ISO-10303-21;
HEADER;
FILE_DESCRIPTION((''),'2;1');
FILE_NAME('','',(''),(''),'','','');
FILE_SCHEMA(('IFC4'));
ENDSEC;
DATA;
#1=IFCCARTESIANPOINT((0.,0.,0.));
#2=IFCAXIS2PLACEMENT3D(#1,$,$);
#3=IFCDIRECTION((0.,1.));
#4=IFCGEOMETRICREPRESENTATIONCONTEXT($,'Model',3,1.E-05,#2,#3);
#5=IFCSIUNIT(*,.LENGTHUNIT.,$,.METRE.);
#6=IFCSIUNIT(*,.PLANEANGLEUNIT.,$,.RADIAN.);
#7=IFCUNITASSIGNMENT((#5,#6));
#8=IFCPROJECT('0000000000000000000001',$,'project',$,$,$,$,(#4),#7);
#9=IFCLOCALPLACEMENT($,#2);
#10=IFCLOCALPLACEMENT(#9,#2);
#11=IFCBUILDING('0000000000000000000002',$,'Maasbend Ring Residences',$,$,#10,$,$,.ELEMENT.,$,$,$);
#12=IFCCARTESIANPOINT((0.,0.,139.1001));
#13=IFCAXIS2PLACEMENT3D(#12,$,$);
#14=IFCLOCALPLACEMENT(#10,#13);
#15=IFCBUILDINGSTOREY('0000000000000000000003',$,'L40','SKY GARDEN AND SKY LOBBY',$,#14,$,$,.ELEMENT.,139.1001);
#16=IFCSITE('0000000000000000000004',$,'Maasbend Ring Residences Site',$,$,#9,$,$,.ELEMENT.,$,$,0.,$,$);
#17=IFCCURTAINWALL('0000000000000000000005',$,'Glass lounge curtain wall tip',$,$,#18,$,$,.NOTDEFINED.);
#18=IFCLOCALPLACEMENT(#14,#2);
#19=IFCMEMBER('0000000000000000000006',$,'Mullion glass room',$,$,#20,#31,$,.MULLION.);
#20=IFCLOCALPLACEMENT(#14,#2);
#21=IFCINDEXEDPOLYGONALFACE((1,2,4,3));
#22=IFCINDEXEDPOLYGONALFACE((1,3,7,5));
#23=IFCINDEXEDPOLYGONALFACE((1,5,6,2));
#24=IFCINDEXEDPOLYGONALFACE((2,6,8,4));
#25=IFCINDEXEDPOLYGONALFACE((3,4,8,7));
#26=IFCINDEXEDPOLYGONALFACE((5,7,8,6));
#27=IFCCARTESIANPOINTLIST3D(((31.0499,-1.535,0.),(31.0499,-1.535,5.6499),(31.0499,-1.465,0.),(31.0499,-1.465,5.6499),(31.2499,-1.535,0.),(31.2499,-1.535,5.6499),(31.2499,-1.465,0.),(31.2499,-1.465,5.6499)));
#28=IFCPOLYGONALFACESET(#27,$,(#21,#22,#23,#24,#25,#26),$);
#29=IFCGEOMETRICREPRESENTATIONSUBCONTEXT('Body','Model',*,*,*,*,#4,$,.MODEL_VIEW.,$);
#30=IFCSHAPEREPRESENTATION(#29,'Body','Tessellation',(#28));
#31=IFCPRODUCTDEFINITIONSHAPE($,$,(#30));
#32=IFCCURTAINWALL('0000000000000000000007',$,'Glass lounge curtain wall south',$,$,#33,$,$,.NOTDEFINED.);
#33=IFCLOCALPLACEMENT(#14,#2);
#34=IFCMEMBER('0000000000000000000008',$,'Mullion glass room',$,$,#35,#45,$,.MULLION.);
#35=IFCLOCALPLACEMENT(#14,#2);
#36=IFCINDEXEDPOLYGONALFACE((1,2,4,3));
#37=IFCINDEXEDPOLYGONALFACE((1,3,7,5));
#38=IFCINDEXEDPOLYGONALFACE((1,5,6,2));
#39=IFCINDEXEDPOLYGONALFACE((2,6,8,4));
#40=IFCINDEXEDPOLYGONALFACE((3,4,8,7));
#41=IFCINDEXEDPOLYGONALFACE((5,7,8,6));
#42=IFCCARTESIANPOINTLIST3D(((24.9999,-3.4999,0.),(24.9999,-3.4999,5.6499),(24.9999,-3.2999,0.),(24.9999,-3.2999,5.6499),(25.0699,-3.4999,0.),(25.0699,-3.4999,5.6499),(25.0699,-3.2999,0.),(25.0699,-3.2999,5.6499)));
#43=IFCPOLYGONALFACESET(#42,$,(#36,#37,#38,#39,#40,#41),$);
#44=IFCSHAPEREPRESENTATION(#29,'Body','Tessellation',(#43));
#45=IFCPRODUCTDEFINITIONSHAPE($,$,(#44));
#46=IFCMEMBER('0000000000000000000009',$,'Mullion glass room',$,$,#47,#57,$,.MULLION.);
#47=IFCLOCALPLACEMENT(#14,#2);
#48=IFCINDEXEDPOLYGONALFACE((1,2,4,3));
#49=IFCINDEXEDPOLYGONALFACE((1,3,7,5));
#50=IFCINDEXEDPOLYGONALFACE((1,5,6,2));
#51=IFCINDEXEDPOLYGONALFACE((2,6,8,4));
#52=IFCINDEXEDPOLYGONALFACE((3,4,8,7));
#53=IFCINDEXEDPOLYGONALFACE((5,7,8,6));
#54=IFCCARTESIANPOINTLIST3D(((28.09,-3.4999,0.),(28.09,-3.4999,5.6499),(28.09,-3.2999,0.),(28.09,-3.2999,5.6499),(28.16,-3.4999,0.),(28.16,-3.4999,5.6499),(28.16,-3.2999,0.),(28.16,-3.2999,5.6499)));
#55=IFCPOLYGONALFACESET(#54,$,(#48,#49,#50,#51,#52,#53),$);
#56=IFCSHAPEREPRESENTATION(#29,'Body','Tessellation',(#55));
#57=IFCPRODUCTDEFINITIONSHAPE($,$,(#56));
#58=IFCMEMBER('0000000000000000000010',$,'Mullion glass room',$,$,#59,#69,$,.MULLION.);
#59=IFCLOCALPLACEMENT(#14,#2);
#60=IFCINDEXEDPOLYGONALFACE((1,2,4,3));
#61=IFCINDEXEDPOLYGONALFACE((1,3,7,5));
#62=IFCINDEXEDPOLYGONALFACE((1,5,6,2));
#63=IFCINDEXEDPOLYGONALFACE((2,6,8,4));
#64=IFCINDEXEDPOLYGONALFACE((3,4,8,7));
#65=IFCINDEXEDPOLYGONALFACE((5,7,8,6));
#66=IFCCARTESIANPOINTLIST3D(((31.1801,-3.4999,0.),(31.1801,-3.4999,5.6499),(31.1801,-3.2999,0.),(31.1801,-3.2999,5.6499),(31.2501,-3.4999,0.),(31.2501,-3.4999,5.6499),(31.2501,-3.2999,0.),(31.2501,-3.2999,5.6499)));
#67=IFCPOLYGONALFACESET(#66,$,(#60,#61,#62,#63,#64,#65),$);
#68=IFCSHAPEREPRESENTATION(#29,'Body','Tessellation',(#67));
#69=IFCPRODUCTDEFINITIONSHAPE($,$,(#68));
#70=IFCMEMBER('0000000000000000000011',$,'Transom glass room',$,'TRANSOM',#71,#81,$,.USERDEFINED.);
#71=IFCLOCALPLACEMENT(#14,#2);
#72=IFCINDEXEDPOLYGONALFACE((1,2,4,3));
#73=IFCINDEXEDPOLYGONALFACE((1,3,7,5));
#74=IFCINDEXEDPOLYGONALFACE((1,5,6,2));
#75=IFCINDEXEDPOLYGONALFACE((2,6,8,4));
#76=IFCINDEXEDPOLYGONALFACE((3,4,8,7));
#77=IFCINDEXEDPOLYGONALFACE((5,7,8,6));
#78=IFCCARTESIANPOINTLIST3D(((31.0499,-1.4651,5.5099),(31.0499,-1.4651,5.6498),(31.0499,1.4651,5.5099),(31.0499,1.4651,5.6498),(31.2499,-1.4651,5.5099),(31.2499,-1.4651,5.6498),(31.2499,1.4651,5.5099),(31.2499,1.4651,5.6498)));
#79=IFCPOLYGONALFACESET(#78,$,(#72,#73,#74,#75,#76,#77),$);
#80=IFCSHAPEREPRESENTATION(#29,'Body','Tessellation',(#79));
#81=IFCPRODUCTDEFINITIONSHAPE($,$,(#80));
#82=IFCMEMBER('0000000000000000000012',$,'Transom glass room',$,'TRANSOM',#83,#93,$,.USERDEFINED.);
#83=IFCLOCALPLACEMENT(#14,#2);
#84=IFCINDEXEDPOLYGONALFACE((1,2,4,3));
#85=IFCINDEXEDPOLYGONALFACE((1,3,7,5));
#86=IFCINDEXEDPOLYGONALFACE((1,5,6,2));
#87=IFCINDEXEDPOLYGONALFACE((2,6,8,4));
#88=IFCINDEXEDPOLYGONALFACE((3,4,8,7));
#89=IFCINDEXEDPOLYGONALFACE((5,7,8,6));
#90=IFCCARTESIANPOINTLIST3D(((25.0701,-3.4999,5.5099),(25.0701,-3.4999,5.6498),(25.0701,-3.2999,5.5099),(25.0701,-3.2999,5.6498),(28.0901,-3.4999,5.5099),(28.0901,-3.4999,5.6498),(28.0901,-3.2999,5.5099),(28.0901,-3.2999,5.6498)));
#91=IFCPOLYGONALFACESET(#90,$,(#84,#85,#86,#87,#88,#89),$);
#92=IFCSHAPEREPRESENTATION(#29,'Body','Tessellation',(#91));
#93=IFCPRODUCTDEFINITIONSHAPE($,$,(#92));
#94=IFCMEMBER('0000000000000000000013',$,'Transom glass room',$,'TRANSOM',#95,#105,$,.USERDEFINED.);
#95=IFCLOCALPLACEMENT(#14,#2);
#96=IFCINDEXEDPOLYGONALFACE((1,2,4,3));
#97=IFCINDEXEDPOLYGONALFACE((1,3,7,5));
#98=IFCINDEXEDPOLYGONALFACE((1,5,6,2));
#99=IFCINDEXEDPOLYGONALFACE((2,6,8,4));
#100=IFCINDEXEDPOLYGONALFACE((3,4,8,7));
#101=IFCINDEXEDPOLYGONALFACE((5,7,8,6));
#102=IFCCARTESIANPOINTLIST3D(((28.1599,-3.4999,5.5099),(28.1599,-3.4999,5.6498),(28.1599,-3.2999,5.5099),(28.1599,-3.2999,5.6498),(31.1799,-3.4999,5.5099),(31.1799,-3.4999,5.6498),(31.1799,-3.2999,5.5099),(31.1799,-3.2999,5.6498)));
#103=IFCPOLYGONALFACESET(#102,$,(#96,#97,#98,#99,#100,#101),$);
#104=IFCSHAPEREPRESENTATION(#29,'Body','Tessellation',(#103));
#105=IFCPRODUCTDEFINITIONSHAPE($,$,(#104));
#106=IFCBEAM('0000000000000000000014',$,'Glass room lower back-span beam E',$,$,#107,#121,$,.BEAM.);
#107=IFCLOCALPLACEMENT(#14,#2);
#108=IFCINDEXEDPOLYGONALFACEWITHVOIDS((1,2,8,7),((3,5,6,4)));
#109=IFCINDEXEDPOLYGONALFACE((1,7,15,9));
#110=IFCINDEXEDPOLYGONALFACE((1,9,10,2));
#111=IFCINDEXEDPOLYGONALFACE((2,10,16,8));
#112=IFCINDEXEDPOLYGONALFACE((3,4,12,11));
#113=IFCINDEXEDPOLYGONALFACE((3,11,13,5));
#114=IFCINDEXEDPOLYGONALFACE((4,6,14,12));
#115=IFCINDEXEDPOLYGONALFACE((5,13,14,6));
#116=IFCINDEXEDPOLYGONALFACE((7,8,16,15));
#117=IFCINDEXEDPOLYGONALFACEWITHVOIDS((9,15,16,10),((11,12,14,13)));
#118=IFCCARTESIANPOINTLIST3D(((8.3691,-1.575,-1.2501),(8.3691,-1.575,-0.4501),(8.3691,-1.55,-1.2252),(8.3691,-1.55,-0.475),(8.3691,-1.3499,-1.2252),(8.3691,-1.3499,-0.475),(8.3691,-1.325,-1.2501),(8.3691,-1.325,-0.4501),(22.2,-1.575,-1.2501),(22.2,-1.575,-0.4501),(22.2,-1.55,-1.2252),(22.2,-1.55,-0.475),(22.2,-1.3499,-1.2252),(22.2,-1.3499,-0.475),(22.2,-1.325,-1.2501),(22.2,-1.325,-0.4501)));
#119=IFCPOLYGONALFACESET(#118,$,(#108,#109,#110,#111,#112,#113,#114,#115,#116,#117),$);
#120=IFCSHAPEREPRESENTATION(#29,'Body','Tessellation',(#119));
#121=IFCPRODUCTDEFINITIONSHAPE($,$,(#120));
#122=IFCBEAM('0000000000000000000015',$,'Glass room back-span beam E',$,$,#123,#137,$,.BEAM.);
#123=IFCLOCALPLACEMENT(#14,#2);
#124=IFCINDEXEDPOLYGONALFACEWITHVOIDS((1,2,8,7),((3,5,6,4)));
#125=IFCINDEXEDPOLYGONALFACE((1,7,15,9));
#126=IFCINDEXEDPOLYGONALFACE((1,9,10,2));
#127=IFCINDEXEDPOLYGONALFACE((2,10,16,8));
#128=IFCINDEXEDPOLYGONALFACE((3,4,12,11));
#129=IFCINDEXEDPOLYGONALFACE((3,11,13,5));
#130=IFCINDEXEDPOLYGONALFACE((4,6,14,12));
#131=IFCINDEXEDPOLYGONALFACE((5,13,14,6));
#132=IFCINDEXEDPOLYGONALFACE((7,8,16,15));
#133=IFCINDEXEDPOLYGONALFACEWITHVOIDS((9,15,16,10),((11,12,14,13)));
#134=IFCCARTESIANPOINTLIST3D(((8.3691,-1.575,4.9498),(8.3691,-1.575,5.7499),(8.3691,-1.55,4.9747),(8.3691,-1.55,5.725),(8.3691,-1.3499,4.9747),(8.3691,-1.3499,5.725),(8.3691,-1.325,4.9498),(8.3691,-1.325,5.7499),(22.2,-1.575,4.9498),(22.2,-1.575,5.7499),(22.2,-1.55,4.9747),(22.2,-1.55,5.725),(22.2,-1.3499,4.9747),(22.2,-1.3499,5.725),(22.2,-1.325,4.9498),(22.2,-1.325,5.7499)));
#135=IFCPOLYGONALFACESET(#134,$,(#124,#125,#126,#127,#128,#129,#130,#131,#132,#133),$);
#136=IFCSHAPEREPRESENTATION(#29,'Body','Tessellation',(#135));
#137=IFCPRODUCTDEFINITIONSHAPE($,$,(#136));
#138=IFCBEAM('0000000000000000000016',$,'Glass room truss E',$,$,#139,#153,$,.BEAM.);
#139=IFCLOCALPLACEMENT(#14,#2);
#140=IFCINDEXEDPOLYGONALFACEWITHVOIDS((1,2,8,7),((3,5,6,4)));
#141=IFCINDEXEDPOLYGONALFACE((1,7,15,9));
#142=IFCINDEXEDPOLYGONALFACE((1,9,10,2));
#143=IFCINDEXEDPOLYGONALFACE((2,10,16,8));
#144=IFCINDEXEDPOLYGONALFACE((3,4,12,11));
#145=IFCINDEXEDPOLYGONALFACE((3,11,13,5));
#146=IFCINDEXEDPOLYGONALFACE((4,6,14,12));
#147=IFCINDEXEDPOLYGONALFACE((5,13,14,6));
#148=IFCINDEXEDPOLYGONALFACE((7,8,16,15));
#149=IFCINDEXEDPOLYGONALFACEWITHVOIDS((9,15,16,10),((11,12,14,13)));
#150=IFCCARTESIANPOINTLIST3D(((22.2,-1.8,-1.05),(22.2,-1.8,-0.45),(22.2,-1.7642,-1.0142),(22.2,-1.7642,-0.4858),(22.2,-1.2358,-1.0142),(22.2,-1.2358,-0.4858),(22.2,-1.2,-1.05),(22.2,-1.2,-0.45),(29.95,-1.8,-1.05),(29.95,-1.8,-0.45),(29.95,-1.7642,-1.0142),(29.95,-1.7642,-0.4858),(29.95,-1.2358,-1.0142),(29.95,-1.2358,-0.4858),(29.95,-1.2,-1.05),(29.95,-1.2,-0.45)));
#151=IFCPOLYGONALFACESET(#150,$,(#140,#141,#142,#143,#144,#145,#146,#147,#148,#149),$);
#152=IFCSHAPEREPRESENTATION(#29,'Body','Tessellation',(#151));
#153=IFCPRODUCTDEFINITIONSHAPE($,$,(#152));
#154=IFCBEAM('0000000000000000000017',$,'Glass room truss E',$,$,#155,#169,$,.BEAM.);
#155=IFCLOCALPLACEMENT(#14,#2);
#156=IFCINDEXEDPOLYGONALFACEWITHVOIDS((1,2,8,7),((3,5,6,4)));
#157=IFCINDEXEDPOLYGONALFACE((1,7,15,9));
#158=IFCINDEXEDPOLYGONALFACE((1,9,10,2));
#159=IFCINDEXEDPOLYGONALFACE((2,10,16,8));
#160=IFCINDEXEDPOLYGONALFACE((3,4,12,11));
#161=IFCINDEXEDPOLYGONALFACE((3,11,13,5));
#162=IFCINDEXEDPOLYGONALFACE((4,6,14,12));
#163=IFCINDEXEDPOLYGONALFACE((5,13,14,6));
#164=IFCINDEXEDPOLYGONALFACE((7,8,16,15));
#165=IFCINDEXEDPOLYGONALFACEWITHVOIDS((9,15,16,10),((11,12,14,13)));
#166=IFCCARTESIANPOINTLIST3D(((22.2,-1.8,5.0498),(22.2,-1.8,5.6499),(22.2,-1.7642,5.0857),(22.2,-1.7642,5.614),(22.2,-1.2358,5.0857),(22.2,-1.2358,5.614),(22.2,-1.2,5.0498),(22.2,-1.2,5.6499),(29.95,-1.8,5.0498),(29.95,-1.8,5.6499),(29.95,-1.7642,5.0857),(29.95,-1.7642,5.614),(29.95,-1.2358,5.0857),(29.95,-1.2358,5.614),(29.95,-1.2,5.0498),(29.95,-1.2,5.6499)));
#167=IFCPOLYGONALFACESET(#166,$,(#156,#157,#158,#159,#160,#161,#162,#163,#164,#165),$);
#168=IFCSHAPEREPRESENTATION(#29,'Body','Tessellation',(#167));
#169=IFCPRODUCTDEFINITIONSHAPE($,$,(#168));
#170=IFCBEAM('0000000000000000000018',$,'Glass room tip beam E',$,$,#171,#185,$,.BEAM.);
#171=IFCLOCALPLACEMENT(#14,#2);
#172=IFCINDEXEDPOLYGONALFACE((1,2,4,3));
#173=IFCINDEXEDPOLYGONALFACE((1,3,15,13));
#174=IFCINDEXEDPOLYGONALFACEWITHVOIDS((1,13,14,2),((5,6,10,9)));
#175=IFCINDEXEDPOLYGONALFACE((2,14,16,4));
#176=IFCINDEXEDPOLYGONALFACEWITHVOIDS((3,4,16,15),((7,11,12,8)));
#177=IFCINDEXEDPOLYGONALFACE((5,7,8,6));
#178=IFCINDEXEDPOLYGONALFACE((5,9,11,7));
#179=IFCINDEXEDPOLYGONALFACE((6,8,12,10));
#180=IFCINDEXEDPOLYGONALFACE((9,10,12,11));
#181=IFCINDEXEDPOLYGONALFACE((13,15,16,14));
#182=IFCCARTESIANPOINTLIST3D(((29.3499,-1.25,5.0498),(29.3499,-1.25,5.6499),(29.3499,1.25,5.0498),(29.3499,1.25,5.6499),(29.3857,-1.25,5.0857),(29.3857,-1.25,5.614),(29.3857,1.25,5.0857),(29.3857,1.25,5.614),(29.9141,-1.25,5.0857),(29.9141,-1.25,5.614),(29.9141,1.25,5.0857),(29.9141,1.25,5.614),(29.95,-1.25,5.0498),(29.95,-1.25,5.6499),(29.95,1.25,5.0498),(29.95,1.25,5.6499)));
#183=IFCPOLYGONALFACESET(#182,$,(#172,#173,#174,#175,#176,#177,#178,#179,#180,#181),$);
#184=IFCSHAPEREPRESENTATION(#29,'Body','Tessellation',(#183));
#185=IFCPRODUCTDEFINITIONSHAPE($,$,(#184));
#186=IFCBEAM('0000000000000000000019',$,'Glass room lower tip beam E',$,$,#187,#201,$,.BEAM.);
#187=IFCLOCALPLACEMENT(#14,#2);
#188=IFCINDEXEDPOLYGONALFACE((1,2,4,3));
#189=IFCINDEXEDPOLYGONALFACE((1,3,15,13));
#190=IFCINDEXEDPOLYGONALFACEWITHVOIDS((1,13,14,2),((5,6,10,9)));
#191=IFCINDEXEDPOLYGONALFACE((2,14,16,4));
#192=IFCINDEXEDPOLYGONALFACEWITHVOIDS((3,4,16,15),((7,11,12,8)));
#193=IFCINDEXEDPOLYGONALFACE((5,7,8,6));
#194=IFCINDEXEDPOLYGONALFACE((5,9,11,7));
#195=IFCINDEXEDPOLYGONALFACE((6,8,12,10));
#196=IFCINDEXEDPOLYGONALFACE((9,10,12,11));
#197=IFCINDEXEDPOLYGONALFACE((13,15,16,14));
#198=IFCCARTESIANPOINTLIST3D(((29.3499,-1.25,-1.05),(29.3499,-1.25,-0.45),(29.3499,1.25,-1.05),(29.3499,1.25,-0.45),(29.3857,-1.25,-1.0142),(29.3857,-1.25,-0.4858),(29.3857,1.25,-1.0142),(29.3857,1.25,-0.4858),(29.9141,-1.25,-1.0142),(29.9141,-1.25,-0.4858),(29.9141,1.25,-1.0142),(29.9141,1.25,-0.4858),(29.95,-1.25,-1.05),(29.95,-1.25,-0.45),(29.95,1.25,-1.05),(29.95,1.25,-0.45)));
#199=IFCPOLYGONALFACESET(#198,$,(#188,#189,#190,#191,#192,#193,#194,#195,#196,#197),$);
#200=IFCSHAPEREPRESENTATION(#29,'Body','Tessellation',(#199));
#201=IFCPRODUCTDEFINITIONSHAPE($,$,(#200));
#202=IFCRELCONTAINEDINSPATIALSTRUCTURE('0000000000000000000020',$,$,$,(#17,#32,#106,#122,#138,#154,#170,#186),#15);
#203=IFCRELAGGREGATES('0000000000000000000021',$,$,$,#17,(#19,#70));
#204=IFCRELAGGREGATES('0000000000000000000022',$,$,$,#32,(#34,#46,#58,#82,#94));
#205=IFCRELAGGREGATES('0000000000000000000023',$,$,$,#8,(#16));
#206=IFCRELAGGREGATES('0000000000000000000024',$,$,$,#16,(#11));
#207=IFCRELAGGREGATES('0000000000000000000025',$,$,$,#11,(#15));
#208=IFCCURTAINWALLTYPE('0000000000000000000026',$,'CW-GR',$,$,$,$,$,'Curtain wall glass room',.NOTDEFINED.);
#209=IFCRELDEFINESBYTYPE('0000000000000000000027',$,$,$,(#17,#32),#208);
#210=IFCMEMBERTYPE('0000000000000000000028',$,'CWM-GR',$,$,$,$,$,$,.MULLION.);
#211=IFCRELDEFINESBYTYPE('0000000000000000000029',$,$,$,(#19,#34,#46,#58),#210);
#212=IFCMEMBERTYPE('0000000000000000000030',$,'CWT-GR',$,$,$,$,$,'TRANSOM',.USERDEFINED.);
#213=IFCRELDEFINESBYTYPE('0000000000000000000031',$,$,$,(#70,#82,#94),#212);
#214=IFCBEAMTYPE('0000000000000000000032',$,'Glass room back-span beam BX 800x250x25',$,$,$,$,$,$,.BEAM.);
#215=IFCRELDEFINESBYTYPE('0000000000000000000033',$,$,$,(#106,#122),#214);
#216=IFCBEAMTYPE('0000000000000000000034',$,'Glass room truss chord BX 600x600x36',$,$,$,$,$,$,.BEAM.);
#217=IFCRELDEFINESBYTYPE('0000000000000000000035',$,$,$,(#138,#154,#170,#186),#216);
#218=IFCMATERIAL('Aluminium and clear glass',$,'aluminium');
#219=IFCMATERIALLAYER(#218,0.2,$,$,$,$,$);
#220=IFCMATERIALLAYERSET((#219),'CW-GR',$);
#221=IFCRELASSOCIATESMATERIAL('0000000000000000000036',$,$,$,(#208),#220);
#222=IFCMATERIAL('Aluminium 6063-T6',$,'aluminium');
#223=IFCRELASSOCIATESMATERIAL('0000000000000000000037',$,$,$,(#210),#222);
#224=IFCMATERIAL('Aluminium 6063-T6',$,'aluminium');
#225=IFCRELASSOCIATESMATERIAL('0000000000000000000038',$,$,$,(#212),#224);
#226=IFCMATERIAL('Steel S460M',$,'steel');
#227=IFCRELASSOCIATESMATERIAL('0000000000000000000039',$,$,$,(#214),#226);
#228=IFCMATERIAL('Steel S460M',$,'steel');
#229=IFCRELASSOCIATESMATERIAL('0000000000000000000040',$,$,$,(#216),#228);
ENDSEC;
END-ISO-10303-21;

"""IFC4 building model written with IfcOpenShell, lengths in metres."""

from ifc_helpers import new_model, si_unit, direction, frame, origin, origin_2d, place, context, subcontext, project, spatial, rectangle, hollow_rectangle, extrude, material, layer, layer_set, material_profile, profile_set, type_object, element, aggregate, save


model = new_model("IFC4")

# Units and contexts
model_context = context("Model", 3, precision=1e-05, world=origin(), true_north=direction((0.0, 1.0)))
body_context = subcontext(model_context, "Body", "Model", "MODEL_VIEW")
ifc_project = project(units=[si_unit("LENGTHUNIT", "METRE"), si_unit("PLANEANGLEUNIT", "RADIAN")], contexts=[model_context])

# Site, building, storey
site_placement = place(None, origin())
site = spatial("IfcSite", under=ifc_project, at=site_placement, Name="Maasbend Ring Residences Site", CompositionType="ELEMENT", RefElevation=0.0)
building_placement = place(site_placement, origin())
building = spatial("IfcBuilding", under=site, at=building_placement, Name="Maasbend Ring Residences", CompositionType="ELEMENT")
storey_placement = place(building_placement, frame((0.0, 0.0, 139.1001)))
storey = spatial("IfcBuildingStorey", under=building, at=storey_placement, Name="L40", Description="SKY GARDEN AND SKY LOBBY", CompositionType="ELEMENT", Elevation=139.1001)

# Curtain wall, member
ifc_material_1 = material(Name="Aluminium and clear glass", Category="aluminium")
ifc_layer_1 = layer(ifc_material_1, 0.2)
ifc_layer_set_1 = layer_set([ifc_layer_1], Name="CW-GR")
curtain_wall_type = type_object("IfcCurtainWallType", Name="CW-GR", ElementType="Curtain wall glass room", PredefinedType="NOTDEFINED", material=ifc_layer_set_1)
curtain_wall_1_placement = place(storey_placement, origin())
curtain_wall_1 = element("IfcCurtainWall", 1, at=curtain_wall_1_placement, inside=storey, type_object=curtain_wall_type, Name="Glass lounge curtain wall tip", PredefinedType="NOTDEFINED")
ifc_material_2 = material(Name="Aluminium 6063-T6", Category="aluminium")
ifc_material_profile_1 = material_profile(ifc_material_2, rectangle(XDim=0.2, YDim=0.0701, at=origin_2d()), Name="AL 200x70")
ifc_profile_set_1 = profile_set([ifc_material_profile_1], Name="Aluminium 6063-T6")
member_type_1 = type_object("IfcMemberType", Name="CWM-GR", PredefinedType="MULLION", material=ifc_profile_set_1)
member_1_placement = place(storey_placement, frame((31.1499, -1.5, 0.0), z_axis=(0.0, 0.0, 1.0), x_axis=(-1.0, 0.0, 0.0)))
member_1 = element("IfcMember", 2, at=member_1_placement, type_object=member_type_1, Name="Mullion glass room", PredefinedType="MULLION", context=body_context, shape_type="SweptSolid", body=[
    extrude(rectangle(XDim=0.2, YDim=0.0701, at=origin_2d()), origin(), (0.0, 0.0, 1.0), 5.6499),
])

# Curtain wall, members
curtain_wall_2_placement = place(storey_placement, origin())
curtain_wall_2 = element("IfcCurtainWall", 3, at=curtain_wall_2_placement, inside=storey, type_object=curtain_wall_type, Name="Glass lounge curtain wall south", PredefinedType="NOTDEFINED")
member_2_placement = place(storey_placement, frame((25.0349, -3.3999, 0.0), z_axis=(0.0, 0.0, 1.0), x_axis=(0.0, 1.0, 0.0)))
member_2 = element("IfcMember", 4, at=member_2_placement, type_object=member_type_1, Name="Mullion glass room", PredefinedType="MULLION", context=body_context, shape_type="SweptSolid", body=[
    extrude(rectangle(XDim=0.2, YDim=0.0701, at=origin_2d()), origin(), (0.0, 0.0, 1.0), 5.6499),
])
member_3_placement = place(storey_placement, frame((28.125, -3.3999, 0.0), z_axis=(0.0, 0.0, 1.0), x_axis=(0.0, 1.0, 0.0)))
member_3 = element("IfcMember", 5, at=member_3_placement, type_object=member_type_1, Name="Mullion glass room", PredefinedType="MULLION", context=body_context, shape_type="SweptSolid", body=[
    extrude(rectangle(XDim=0.2, YDim=0.0701, at=origin_2d()), origin(), (0.0, 0.0, 1.0), 5.6499),
])
member_4_placement = place(storey_placement, frame((31.2151, -3.3999, 0.0), z_axis=(0.0, 0.0, 1.0), x_axis=(0.0, 1.0, 0.0)))
member_4 = element("IfcMember", 6, at=member_4_placement, type_object=member_type_1, Name="Mullion glass room", PredefinedType="MULLION", context=body_context, shape_type="SweptSolid", body=[
    extrude(rectangle(XDim=0.2, YDim=0.0701, at=origin_2d()), origin(), (0.0, 0.0, 1.0), 5.6499),
])

# Members
ifc_material_3 = material(Name="Aluminium 6063-T6", Category="aluminium")
ifc_material_profile_2 = material_profile(ifc_material_3, rectangle(XDim=0.2, YDim=0.1399, at=origin_2d()), Name="AL 200x140")
ifc_profile_set_2 = profile_set([ifc_material_profile_2], Name="Aluminium 6063-T6")
member_type_2 = type_object("IfcMemberType", Name="CWT-GR", ElementType="TRANSOM", PredefinedType="USERDEFINED", material=ifc_profile_set_2)
member_5_placement = place(storey_placement, frame((31.1499, -1.4651, 5.5798), z_axis=(0.0, 1.0, 0.0), x_axis=(-1.0, 0.0, 0.0)))
member_5 = element("IfcMember", 7, at=member_5_placement, type_object=member_type_2, Name="Transom glass room", ObjectType="TRANSOM", PredefinedType="USERDEFINED", context=body_context, shape_type="SweptSolid", body=[
    extrude(rectangle(XDim=0.2, YDim=0.1399, at=origin_2d()), origin(), (0.0, 0.0, 1.0), 2.9302),
])
member_6_placement = place(storey_placement, frame((25.0701, -3.3999, 5.5798), z_axis=(1.0, 0.0, 0.0), x_axis=(0.0, 1.0, 0.0)))
member_6 = element("IfcMember", 8, at=member_6_placement, type_object=member_type_2, Name="Transom glass room", ObjectType="TRANSOM", PredefinedType="USERDEFINED", context=body_context, shape_type="SweptSolid", body=[
    extrude(rectangle(XDim=0.2, YDim=0.1399, at=origin_2d()), origin(), (0.0, 0.0, 1.0), 3.02),
])
member_7_placement = place(storey_placement, frame((28.1599, -3.3999, 5.5798), z_axis=(1.0, 0.0, 0.0), x_axis=(0.0, 1.0, 0.0)))
member_7 = element("IfcMember", 9, at=member_7_placement, type_object=member_type_2, Name="Transom glass room", ObjectType="TRANSOM", PredefinedType="USERDEFINED", context=body_context, shape_type="SweptSolid", body=[
    extrude(rectangle(XDim=0.2, YDim=0.1399, at=origin_2d()), origin(), (0.0, 0.0, 1.0), 3.02),
])

# Beams
ifc_material_4 = material(Name="Steel S460M", Category="steel")
ifc_material_profile_3 = material_profile(ifc_material_4, hollow_rectangle(XDim=0.25, YDim=0.8, WallThickness=0.0249, at=origin_2d()), Name="Glass room back-span beam BX 800x250x25")
ifc_profile_set_3 = profile_set([ifc_material_profile_3], Name="Steel S460M")
beam_type_1 = type_object("IfcBeamType", Name="Glass room back-span beam BX 800x250x25", PredefinedType="BEAM", material=ifc_profile_set_3)
for number, where, z_axis, x_axis, name in (
    (10, (22.2, -1.45, -0.8501), (-1.0, 0.0, 0.0), (0.0, -1.0, 0.0), "Glass room lower back-span beam E"),
    (11, (22.2, -1.45, 5.3499), (-1.0, 0.0, 0.0), (0.0, -1.0, 0.0), "Glass room back-span beam E"),
):
    element("IfcBeam", number, at=place(storey_placement, frame(where, z_axis=z_axis, x_axis=x_axis)), inside=storey, type_object=beam_type_1, Name=name, PredefinedType="BEAM", context=body_context, shape_type="SweptSolid", body=[
        extrude(hollow_rectangle(XDim=0.25, YDim=0.8, WallThickness=0.0249, at=origin_2d()), origin(), (0.0, 0.0, 1.0), 13.8308),
    ])
ifc_material_5 = material(Name="Steel S460M", Category="steel")
ifc_material_profile_4 = material_profile(ifc_material_5, hollow_rectangle(XDim=0.6001, YDim=0.6001, WallThickness=0.0359, at=origin_2d()), Name="Glass room truss chord BX 600x600x36")
ifc_profile_set_4 = profile_set([ifc_material_profile_4], Name="Steel S460M")
beam_type_2 = type_object("IfcBeamType", Name="Glass room truss chord BX 600x600x36", PredefinedType="BEAM", material=ifc_profile_set_4)
for number, where, z_axis, x_axis, name in (
    (12, (22.2, -1.5, -0.75), (1.0, 0.0, 0.0), (0.0, 1.0, 0.0), "Glass room truss E"),
    (13, (22.2, -1.5, 5.3499), (1.0, 0.0, 0.0), (0.0, 1.0, 0.0), "Glass room truss E"),
):
    element("IfcBeam", number, at=place(storey_placement, frame(where, z_axis=z_axis, x_axis=x_axis)), inside=storey, type_object=beam_type_2, Name=name, PredefinedType="BEAM", context=body_context, shape_type="SweptSolid", body=[
        extrude(hollow_rectangle(XDim=0.6001, YDim=0.6001, WallThickness=0.0359, at=origin_2d()), origin(), (0.0, 0.0, 1.0), 7.75),
    ])
for number, where, z_axis, x_axis, name in (
    (14, (29.6499, -1.25, 5.3499), (0.0, 1.0, 0.0), (-1.0, 0.0, 0.0), "Glass room tip beam E"),
    (15, (29.6499, -1.25, -0.75), (0.0, 1.0, 0.0), (-1.0, 0.0, 0.0), "Glass room lower tip beam E"),
):
    element("IfcBeam", number, at=place(storey_placement, frame(where, z_axis=z_axis, x_axis=x_axis)), inside=storey, type_object=beam_type_2, Name=name, PredefinedType="BEAM", context=body_context, shape_type="SweptSolid", body=[
        extrude(hollow_rectangle(XDim=0.6001, YDim=0.6001, WallThickness=0.0359, at=origin_2d()), origin(), (0.0, 0.0, 1.0), 2.5),
    ])

aggregate(curtain_wall_1, [member_1, member_5])
aggregate(curtain_wall_2, [member_2, member_3, member_4, member_6, member_7])

save(model, "model.ifc")
